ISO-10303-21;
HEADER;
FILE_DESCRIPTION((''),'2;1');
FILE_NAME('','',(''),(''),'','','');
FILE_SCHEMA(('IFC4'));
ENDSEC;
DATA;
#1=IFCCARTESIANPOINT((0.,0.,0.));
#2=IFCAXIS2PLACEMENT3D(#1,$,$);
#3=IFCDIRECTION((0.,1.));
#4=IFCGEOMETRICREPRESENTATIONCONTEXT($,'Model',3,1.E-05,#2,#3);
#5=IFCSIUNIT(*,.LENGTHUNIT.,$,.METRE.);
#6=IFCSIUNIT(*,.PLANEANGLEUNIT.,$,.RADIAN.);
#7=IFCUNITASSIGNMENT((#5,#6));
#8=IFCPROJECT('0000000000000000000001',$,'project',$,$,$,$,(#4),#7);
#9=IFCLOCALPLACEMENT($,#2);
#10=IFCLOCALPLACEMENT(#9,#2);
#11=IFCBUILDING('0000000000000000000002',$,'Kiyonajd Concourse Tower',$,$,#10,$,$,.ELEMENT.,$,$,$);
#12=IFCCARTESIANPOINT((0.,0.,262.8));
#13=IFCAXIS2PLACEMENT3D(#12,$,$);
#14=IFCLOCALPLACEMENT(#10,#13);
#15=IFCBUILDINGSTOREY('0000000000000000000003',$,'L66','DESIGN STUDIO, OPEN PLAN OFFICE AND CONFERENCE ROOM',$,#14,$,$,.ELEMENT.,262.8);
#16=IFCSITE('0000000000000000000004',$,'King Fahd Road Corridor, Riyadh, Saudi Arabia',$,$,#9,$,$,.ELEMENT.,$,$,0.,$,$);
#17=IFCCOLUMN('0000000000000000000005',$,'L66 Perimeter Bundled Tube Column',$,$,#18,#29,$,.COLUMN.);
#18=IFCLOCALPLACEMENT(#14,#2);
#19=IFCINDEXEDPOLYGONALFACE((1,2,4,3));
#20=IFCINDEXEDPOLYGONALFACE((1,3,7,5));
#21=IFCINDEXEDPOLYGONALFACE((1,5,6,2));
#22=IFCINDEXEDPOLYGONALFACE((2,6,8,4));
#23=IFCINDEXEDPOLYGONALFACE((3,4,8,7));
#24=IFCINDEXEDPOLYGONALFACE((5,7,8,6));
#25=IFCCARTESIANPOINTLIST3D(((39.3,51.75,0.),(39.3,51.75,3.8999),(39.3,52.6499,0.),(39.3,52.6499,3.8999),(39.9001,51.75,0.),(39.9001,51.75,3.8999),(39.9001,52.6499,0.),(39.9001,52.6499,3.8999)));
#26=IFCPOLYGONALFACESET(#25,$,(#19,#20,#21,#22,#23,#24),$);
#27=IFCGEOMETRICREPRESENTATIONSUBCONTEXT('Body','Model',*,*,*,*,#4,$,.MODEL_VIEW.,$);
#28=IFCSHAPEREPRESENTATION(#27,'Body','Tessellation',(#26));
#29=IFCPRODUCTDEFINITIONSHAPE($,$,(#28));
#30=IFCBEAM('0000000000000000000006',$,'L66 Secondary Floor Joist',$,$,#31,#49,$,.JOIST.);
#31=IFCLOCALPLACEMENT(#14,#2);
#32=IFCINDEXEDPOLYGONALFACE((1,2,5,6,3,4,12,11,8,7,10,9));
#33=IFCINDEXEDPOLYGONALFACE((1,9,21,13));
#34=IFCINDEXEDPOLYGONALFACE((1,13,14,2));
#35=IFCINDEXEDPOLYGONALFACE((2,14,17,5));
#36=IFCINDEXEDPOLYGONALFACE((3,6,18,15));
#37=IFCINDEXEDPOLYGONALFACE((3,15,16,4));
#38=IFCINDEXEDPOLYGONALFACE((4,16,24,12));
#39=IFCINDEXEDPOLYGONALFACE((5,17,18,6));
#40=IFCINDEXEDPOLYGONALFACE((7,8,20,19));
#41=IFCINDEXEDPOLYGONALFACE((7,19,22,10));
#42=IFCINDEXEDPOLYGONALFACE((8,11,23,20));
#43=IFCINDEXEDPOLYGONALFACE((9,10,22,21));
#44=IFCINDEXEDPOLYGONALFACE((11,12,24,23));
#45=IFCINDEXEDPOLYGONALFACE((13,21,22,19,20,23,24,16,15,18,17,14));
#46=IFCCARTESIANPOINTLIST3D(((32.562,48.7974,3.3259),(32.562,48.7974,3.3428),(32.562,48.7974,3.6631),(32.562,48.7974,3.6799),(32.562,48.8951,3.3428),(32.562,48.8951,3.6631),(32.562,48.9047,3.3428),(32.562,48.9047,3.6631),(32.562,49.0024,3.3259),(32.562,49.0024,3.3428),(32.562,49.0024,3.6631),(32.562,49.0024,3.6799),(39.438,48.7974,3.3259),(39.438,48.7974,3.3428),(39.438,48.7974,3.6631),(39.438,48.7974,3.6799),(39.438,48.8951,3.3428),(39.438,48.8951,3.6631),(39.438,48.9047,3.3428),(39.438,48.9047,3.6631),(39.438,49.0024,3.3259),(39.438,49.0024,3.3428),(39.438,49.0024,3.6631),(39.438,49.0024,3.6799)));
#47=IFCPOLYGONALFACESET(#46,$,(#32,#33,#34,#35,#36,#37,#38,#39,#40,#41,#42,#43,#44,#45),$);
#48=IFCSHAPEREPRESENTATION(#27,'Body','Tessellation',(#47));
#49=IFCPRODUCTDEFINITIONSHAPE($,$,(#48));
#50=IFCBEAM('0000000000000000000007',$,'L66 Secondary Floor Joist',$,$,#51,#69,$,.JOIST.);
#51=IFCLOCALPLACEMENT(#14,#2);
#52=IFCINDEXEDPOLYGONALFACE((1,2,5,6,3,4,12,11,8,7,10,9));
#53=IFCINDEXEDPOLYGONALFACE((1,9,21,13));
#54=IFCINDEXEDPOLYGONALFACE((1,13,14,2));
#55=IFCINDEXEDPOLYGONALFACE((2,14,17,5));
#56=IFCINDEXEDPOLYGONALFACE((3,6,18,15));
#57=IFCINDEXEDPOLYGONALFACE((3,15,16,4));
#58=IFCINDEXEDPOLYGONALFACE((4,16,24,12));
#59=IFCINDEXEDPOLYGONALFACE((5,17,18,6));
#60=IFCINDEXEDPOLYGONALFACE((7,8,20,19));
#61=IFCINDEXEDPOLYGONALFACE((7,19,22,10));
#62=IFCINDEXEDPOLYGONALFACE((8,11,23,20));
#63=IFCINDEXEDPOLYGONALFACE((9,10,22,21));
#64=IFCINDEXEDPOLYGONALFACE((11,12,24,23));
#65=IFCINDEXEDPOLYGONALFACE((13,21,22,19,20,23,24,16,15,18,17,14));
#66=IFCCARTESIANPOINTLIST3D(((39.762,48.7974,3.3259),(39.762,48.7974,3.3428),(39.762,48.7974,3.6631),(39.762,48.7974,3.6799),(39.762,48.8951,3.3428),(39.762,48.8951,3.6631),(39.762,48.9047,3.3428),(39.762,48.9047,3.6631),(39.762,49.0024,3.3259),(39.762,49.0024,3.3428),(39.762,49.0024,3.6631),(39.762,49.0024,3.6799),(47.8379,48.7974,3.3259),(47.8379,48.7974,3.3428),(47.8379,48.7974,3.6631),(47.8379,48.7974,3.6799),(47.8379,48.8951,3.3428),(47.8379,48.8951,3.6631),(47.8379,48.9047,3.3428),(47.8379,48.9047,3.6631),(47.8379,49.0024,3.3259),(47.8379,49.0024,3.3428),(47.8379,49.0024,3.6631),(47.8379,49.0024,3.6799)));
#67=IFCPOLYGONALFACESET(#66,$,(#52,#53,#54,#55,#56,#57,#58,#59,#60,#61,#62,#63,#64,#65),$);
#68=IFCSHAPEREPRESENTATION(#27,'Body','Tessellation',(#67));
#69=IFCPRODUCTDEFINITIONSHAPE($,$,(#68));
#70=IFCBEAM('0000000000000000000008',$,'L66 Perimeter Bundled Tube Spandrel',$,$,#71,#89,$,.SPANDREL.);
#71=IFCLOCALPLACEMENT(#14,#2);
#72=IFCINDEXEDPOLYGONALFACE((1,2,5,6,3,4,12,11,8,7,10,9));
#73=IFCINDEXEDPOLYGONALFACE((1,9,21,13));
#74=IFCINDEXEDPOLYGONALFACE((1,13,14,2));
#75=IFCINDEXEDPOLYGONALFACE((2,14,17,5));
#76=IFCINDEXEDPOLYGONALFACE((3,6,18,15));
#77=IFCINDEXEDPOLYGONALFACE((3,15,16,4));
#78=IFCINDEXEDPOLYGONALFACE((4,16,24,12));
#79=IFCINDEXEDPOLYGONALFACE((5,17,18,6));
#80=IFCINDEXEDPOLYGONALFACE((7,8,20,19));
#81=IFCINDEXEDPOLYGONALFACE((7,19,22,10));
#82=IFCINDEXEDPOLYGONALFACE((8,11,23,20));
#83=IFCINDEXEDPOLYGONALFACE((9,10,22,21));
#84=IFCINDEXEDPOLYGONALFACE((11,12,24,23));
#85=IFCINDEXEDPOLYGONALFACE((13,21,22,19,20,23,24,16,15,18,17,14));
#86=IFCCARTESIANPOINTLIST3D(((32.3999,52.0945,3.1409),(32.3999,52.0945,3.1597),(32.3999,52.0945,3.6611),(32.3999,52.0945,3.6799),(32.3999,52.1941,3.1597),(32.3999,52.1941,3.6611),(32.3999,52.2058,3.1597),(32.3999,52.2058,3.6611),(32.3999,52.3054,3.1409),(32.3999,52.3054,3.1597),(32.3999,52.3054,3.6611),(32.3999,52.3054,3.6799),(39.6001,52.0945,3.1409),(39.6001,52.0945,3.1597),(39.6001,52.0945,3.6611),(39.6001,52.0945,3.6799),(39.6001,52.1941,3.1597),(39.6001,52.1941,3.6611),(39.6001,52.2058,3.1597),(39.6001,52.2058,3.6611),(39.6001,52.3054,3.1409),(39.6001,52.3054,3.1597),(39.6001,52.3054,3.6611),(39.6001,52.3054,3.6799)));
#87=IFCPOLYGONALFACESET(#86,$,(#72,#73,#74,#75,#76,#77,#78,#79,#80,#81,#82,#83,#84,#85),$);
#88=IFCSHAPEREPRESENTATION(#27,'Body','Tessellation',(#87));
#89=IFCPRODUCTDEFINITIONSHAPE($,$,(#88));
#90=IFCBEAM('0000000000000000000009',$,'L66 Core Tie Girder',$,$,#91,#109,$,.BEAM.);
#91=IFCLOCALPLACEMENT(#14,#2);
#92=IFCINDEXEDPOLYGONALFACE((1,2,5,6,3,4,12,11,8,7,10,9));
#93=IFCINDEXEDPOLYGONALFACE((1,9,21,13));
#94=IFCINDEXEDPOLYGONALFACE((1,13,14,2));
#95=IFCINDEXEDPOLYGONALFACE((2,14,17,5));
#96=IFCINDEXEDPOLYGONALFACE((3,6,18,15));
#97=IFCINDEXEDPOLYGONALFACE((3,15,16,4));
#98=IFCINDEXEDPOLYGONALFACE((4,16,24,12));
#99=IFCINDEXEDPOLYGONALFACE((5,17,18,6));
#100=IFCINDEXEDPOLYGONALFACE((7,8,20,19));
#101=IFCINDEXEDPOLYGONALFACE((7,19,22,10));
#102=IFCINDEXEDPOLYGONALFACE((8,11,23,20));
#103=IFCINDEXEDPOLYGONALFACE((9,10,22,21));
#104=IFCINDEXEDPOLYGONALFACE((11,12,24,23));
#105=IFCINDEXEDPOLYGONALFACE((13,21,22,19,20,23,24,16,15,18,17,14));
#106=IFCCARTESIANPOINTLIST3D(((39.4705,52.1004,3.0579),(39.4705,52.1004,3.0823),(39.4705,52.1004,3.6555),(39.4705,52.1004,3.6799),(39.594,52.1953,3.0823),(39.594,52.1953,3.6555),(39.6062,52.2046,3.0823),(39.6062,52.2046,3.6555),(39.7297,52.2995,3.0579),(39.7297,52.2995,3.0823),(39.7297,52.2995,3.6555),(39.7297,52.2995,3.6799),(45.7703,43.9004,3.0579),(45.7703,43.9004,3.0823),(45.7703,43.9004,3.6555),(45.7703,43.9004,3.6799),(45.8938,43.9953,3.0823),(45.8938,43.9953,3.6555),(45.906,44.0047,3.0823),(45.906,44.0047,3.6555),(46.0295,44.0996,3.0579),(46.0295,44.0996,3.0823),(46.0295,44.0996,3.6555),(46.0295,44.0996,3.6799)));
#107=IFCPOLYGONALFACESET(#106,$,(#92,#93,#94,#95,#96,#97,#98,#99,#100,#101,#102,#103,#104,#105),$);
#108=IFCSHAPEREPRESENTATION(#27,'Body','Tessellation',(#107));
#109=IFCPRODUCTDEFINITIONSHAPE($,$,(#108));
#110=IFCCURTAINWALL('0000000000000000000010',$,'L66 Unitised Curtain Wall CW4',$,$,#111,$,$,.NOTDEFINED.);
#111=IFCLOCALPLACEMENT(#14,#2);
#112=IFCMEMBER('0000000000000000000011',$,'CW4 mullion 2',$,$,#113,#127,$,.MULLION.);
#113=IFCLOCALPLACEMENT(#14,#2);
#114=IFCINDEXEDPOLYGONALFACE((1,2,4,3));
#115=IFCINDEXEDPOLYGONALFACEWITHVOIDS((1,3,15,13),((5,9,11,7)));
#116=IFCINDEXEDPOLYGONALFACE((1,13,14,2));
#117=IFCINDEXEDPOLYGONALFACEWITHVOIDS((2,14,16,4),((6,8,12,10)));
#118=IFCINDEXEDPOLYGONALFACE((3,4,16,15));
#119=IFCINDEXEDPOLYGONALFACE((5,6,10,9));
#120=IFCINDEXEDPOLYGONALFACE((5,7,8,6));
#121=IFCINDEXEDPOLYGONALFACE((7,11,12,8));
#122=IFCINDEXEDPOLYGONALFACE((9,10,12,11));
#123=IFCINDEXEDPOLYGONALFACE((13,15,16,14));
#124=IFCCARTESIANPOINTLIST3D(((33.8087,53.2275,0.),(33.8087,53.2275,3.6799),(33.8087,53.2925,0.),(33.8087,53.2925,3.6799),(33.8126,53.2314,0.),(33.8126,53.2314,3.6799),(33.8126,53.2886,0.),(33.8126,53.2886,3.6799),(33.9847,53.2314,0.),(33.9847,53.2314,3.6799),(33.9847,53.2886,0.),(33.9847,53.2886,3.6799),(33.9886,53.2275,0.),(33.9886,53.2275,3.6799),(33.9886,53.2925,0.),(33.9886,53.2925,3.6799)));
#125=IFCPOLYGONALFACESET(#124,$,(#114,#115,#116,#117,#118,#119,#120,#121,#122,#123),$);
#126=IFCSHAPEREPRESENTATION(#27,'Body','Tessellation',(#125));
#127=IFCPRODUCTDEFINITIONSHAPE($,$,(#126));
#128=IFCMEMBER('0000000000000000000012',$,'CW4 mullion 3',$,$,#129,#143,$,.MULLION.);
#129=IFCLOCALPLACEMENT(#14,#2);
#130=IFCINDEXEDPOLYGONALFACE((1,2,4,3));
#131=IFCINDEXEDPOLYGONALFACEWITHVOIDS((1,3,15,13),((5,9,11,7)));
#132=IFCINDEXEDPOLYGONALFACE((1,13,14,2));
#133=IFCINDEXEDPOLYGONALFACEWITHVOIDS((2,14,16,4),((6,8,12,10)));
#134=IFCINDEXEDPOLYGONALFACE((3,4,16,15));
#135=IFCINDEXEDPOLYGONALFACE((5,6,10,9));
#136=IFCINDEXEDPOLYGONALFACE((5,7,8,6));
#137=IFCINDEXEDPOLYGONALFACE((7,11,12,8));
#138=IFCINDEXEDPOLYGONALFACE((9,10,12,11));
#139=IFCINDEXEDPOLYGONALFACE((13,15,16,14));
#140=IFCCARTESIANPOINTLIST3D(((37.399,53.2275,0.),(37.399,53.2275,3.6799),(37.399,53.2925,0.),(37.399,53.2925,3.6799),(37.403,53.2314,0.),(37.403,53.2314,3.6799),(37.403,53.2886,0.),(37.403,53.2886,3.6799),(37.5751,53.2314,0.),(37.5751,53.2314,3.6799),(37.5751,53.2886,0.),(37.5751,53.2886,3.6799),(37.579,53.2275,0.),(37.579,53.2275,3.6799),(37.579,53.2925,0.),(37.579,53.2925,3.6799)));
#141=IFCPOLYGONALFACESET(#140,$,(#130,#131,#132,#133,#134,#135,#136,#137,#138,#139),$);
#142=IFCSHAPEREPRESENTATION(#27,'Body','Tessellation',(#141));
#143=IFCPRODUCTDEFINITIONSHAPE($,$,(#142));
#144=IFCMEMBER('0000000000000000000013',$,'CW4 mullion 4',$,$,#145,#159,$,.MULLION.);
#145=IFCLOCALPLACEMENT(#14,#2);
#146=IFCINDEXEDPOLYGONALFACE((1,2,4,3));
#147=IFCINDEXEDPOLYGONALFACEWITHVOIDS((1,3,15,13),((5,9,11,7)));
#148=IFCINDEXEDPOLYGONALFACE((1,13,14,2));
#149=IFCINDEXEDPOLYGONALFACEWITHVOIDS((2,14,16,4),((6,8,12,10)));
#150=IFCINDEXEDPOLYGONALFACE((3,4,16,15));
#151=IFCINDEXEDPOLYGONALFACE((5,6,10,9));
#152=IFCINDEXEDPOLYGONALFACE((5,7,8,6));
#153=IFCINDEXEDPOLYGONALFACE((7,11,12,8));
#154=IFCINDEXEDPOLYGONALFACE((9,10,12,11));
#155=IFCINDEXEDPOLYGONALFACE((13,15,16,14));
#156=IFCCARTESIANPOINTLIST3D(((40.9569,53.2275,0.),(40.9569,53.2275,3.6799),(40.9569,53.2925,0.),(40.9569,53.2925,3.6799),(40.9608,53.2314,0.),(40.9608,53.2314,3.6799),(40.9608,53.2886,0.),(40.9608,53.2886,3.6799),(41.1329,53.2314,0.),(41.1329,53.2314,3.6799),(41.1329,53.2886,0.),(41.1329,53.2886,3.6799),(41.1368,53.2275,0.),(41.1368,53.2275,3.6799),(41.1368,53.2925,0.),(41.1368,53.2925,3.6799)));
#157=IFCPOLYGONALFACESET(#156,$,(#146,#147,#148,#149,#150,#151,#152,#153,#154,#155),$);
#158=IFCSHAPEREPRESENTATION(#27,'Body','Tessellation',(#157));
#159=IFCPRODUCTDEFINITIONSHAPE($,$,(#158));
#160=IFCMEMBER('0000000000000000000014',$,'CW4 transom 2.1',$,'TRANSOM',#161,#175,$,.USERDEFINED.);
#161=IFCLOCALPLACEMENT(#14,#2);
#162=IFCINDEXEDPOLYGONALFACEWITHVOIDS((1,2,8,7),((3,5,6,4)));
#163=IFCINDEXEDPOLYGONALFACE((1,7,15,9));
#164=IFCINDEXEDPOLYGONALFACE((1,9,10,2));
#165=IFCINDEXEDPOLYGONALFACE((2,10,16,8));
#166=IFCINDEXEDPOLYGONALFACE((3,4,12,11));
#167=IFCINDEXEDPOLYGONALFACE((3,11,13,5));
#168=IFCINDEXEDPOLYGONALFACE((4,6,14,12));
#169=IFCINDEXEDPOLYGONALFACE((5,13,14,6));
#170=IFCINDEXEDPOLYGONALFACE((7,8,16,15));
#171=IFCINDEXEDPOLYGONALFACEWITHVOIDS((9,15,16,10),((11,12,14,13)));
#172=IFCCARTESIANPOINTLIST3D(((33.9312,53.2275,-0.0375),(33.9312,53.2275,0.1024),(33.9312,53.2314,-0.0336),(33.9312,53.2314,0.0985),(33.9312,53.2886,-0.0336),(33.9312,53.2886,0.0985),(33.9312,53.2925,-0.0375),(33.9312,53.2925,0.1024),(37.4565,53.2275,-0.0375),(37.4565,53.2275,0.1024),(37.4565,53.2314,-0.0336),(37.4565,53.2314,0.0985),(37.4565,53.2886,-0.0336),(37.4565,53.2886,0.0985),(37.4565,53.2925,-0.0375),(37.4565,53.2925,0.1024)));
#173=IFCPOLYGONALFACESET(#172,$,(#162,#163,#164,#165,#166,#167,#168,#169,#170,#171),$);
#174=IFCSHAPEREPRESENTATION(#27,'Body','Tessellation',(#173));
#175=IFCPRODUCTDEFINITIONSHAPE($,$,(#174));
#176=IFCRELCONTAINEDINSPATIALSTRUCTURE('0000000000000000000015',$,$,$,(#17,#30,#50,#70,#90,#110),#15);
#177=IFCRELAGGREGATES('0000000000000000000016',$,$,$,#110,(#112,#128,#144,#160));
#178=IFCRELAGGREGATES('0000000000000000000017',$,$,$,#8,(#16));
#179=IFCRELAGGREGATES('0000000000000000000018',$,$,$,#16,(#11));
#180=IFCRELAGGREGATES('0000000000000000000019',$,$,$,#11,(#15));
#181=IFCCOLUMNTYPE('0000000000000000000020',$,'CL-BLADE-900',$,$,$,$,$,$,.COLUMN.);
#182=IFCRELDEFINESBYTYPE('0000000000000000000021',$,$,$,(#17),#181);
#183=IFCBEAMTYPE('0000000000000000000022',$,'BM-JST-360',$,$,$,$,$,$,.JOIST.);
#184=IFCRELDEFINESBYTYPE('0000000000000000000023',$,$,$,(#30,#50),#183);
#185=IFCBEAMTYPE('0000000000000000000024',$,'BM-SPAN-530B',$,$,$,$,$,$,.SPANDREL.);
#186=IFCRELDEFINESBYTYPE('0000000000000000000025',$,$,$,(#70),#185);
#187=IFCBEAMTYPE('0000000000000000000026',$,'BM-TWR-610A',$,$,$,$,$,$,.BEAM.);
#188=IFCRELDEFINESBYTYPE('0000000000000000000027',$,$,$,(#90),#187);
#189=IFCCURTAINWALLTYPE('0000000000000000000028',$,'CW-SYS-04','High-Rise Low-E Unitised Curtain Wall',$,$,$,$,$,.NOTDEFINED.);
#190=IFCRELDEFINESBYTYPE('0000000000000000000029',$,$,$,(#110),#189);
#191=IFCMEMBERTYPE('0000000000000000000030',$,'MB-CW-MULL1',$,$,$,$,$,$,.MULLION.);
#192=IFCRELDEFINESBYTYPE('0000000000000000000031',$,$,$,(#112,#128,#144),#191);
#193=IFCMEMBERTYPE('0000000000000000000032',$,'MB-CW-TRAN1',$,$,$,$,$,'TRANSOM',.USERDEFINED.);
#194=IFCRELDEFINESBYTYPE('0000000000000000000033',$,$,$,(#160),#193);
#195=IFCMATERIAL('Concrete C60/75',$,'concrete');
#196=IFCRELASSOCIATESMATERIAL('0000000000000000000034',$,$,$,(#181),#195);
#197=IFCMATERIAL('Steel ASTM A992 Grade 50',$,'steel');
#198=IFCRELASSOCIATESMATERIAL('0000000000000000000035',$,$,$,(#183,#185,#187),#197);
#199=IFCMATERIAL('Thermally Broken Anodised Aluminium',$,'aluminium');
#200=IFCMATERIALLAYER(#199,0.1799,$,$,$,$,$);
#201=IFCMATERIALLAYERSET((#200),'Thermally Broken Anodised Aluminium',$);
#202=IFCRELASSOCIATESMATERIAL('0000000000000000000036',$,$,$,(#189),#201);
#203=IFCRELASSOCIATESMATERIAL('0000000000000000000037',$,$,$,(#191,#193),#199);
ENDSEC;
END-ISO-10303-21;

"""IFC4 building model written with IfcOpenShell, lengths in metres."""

from ifc_helpers import new_model, si_unit, direction, frame, origin, origin_2d, place, context, subcontext, project, spatial, rectangle, hollow_rectangle, i_section, extrude, material, layer, layer_set, material_profile, profile_set, type_object, element, aggregate, save


model = new_model("IFC4")

# Units and contexts
model_context = context("Model", 3, precision=1e-05, world=origin(), true_north=direction((0.0, 1.0)))
body_context = subcontext(model_context, "Body", "Model", "MODEL_VIEW")
ifc_project = project(units=[si_unit("LENGTHUNIT", "METRE"), si_unit("PLANEANGLEUNIT", "RADIAN")], contexts=[model_context])

# Site, building, storey
site_placement = place(None, origin())
site = spatial("IfcSite", under=ifc_project, at=site_placement, Name="King Fahd Road Corridor, Riyadh, Saudi Arabia", CompositionType="ELEMENT", RefElevation=0.0)
building_placement = place(site_placement, origin())
building = spatial("IfcBuilding", under=site, at=building_placement, Name="Kiyonajd Concourse Tower", CompositionType="ELEMENT")
storey_placement = place(building_placement, frame((0.0, 0.0, 262.8)))
storey = spatial("IfcBuildingStorey", under=building, at=storey_placement, Name="L66", Description="DESIGN STUDIO, OPEN PLAN OFFICE AND CONFERENCE ROOM", CompositionType="ELEMENT", Elevation=262.8)

# Column
ifc_material_1 = material(Name="Concrete C60/75", Category="concrete")
ifc_material_profile_1 = material_profile(ifc_material_1, rectangle(XDim=0.6001, YDim=0.8999, at=origin_2d()), Name="RC-900x600")
ifc_profile_set_1 = profile_set([ifc_material_profile_1], Name="Concrete C60/75")
column_type = type_object("IfcColumnType", Name="CL-BLADE-900", PredefinedType="COLUMN", material=ifc_profile_set_1)
column_placement = place(storey_placement, frame((39.6001, 52.2, 0.0), z_axis=(0.0, 0.0, 1.0), x_axis=(1.0, 0.0, 0.0)))
element("IfcColumn", 1, at=column_placement, inside=storey, type_object=column_type, Name="L66 Perimeter Bundled Tube Column", PredefinedType="COLUMN", context=body_context, shape_type="SweptSolid", body=[
    extrude(rectangle(XDim=0.6001, YDim=0.8999, at=origin_2d()), origin(), (0.0, 0.0, 1.0), 3.8999),
])

# Beams
ifc_material_2 = material(Name="Steel ASTM A992 Grade 50", Category="steel")
ifc_material_profile_2 = material_profile(ifc_material_2, i_section(OverallWidth=0.2051, OverallDepth=0.354, WebThickness=0.0095, FlangeThickness=0.0168, at=origin_2d()), Name="W360X79")
ifc_profile_set_2 = profile_set([ifc_material_profile_2], Name="Steel ASTM A992 Grade 50")
beam_type_1 = type_object("IfcBeamType", Name="BM-JST-360", PredefinedType="JOIST", material=ifc_profile_set_2)
beam_1_placement = place(storey_placement, frame((32.562, 48.8999, 3.5029), z_axis=(1.0, 0.0, 0.0), x_axis=(0.0, 1.0, 0.0)))
element("IfcBeam", 2, at=beam_1_placement, inside=storey, type_object=beam_type_1, Name="L66 Secondary Floor Joist", PredefinedType="JOIST", context=body_context, shape_type="SweptSolid", body=[
    extrude(i_section(OverallWidth=0.2051, OverallDepth=0.354, WebThickness=0.0095, FlangeThickness=0.0168, at=origin_2d()), origin(), (0.0, 0.0, 1.0), 6.876),
])
beam_2_placement = place(storey_placement, frame((39.762, 48.8999, 3.5029), z_axis=(1.0, 0.0, 0.0), x_axis=(0.0, 1.0, 0.0)))
element("IfcBeam", 3, at=beam_2_placement, inside=storey, type_object=beam_type_1, Name="L66 Secondary Floor Joist", PredefinedType="JOIST", context=body_context, shape_type="SweptSolid", body=[
    extrude(i_section(OverallWidth=0.2051, OverallDepth=0.354, WebThickness=0.0095, FlangeThickness=0.0168, at=origin_2d()), origin(), (0.0, 0.0, 1.0), 8.0759),
])
ifc_material_profile_3 = material_profile(ifc_material_2, i_section(OverallWidth=0.2109, OverallDepth=0.5391, WebThickness=0.0117, FlangeThickness=0.0188, at=origin_2d()), Name="W530X109")
ifc_profile_set_3 = profile_set([ifc_material_profile_3], Name="Steel ASTM A992 Grade 50")
beam_type_2 = type_object("IfcBeamType", Name="BM-SPAN-530B", PredefinedType="SPANDREL", material=ifc_profile_set_3)
beam_3_placement = place(storey_placement, frame((39.6001, 52.2, 3.4104), z_axis=(-1.0, 0.0, 0.0), x_axis=(0.0, -1.0, 0.0)))
element("IfcBeam", 4, at=beam_3_placement, inside=storey, type_object=beam_type_2, Name="L66 Perimeter Bundled Tube Spandrel", PredefinedType="SPANDREL", context=body_context, shape_type="SweptSolid", body=[
    extrude(i_section(OverallWidth=0.2109, OverallDepth=0.5391, WebThickness=0.0117, FlangeThickness=0.0188, at=origin_2d()), origin(), (0.0, 0.0, 1.0), 7.2002),
])
ifc_material_profile_4 = material_profile(ifc_material_2, i_section(OverallWidth=0.3269, OverallDepth=0.6221, WebThickness=0.0154, FlangeThickness=0.0244, at=origin_2d()), Name="W610X195")
ifc_profile_set_4 = profile_set([ifc_material_profile_4], Name="Steel ASTM A992 Grade 50")
beam_type_3 = type_object("IfcBeamType", Name="BM-TWR-610A", PredefinedType="BEAM", material=ifc_profile_set_4)
beam_4_placement = place(storey_placement, frame((39.6001, 52.2, 3.3689), z_axis=(0.609234, -0.792991, 0.0), x_axis=(0.792991, 0.609234, 0.0)))
element("IfcBeam", 5, at=beam_4_placement, inside=storey, type_object=beam_type_3, Name="L66 Core Tie Girder", PredefinedType="BEAM", context=body_context, shape_type="SweptSolid", body=[
    extrude(i_section(OverallWidth=0.3269, OverallDepth=0.6221, WebThickness=0.0154, FlangeThickness=0.0244, at=origin_2d()), origin(), (0.0, 0.0, 1.0), 10.3406),
])

# Curtain wall, members
ifc_material_3 = material(Name="Thermally Broken Anodised Aluminium", Category="aluminium")
ifc_layer_1 = layer(ifc_material_3, 0.1799)
ifc_layer_set_1 = layer_set([ifc_layer_1], Name="Thermally Broken Anodised Aluminium")
curtain_wall_type = type_object("IfcCurtainWallType", Name="CW-SYS-04", Description="High-Rise Low-E Unitised Curtain Wall", PredefinedType="NOTDEFINED", material=ifc_layer_set_1)
curtain_wall_placement = place(storey_placement, origin())
curtain_wall = element("IfcCurtainWall", 6, at=curtain_wall_placement, inside=storey, type_object=curtain_wall_type, Name="L66 Unitised Curtain Wall CW4", PredefinedType="NOTDEFINED")
ifc_material_profile_5 = material_profile(ifc_material_3, hollow_rectangle(XDim=0.0649, YDim=0.1799, WallThickness=0.0039, at=origin_2d()), Name="MULL-65x180")
ifc_profile_set_5 = profile_set([ifc_material_profile_5], Name="Thermally Broken Anodised Aluminium")
member_type_1 = type_object("IfcMemberType", Name="MB-CW-MULL1", PredefinedType="MULLION", material=ifc_profile_set_5)
member_1_placement = place(storey_placement, frame((33.8987, 53.26, 0.0), z_axis=(0.0, 0.0, 1.0), x_axis=(0.0, 1.0, 0.0)))
member_1 = element("IfcMember", 7, at=member_1_placement, type_object=member_type_1, Name="CW4 mullion 2", PredefinedType="MULLION", context=body_context, shape_type="SweptSolid", body=[
    extrude(hollow_rectangle(XDim=0.0649, YDim=0.1799, WallThickness=0.0039, at=origin_2d()), origin(), (0.0, 0.0, 1.0), 3.6799),
])
member_2_placement = place(storey_placement, frame((37.489, 53.26, 0.0), z_axis=(0.0, 0.0, 1.0), x_axis=(0.0, 1.0, 0.0)))
member_2 = element("IfcMember", 8, at=member_2_placement, type_object=member_type_1, Name="CW4 mullion 3", PredefinedType="MULLION", context=body_context, shape_type="SweptSolid", body=[
    extrude(hollow_rectangle(XDim=0.0649, YDim=0.1799, WallThickness=0.0039, at=origin_2d()), origin(), (0.0, 0.0, 1.0), 3.6799),
])
member_3_placement = place(storey_placement, frame((41.0469, 53.26, 0.0), z_axis=(0.0, 0.0, 1.0), x_axis=(0.0, 1.0, 0.0)))
member_3 = element("IfcMember", 9, at=member_3_placement, type_object=member_type_1, Name="CW4 mullion 4", PredefinedType="MULLION", context=body_context, shape_type="SweptSolid", body=[
    extrude(hollow_rectangle(XDim=0.0649, YDim=0.1799, WallThickness=0.0039, at=origin_2d()), origin(), (0.0, 0.0, 1.0), 3.6799),
])
ifc_material_profile_6 = material_profile(ifc_material_3, hollow_rectangle(XDim=0.0649, YDim=0.1399, WallThickness=0.0039, at=origin_2d()), Name="TRAN-65x140")
ifc_profile_set_6 = profile_set([ifc_material_profile_6], Name="Thermally Broken Anodised Aluminium")
member_type_2 = type_object("IfcMemberType", Name="MB-CW-TRAN1", ElementType="TRANSOM", PredefinedType="USERDEFINED", material=ifc_profile_set_6)
member_4_placement = place(storey_placement, frame((33.9312, 53.26, 0.0325), z_axis=(1.0, 0.0, 0.0), x_axis=(0.0, 1.0, 0.0)))
member_4 = element("IfcMember", 10, at=member_4_placement, type_object=member_type_2, Name="CW4 transom 2.1", ObjectType="TRANSOM", PredefinedType="USERDEFINED", context=body_context, shape_type="SweptSolid", body=[
    extrude(hollow_rectangle(XDim=0.0649, YDim=0.1399, WallThickness=0.0039, at=origin_2d()), origin(), (0.0, 0.0, 1.0), 3.5254),
])

aggregate(curtain_wall, [member_1, member_2, member_3, member_4])

save(model, "model.ifc")
